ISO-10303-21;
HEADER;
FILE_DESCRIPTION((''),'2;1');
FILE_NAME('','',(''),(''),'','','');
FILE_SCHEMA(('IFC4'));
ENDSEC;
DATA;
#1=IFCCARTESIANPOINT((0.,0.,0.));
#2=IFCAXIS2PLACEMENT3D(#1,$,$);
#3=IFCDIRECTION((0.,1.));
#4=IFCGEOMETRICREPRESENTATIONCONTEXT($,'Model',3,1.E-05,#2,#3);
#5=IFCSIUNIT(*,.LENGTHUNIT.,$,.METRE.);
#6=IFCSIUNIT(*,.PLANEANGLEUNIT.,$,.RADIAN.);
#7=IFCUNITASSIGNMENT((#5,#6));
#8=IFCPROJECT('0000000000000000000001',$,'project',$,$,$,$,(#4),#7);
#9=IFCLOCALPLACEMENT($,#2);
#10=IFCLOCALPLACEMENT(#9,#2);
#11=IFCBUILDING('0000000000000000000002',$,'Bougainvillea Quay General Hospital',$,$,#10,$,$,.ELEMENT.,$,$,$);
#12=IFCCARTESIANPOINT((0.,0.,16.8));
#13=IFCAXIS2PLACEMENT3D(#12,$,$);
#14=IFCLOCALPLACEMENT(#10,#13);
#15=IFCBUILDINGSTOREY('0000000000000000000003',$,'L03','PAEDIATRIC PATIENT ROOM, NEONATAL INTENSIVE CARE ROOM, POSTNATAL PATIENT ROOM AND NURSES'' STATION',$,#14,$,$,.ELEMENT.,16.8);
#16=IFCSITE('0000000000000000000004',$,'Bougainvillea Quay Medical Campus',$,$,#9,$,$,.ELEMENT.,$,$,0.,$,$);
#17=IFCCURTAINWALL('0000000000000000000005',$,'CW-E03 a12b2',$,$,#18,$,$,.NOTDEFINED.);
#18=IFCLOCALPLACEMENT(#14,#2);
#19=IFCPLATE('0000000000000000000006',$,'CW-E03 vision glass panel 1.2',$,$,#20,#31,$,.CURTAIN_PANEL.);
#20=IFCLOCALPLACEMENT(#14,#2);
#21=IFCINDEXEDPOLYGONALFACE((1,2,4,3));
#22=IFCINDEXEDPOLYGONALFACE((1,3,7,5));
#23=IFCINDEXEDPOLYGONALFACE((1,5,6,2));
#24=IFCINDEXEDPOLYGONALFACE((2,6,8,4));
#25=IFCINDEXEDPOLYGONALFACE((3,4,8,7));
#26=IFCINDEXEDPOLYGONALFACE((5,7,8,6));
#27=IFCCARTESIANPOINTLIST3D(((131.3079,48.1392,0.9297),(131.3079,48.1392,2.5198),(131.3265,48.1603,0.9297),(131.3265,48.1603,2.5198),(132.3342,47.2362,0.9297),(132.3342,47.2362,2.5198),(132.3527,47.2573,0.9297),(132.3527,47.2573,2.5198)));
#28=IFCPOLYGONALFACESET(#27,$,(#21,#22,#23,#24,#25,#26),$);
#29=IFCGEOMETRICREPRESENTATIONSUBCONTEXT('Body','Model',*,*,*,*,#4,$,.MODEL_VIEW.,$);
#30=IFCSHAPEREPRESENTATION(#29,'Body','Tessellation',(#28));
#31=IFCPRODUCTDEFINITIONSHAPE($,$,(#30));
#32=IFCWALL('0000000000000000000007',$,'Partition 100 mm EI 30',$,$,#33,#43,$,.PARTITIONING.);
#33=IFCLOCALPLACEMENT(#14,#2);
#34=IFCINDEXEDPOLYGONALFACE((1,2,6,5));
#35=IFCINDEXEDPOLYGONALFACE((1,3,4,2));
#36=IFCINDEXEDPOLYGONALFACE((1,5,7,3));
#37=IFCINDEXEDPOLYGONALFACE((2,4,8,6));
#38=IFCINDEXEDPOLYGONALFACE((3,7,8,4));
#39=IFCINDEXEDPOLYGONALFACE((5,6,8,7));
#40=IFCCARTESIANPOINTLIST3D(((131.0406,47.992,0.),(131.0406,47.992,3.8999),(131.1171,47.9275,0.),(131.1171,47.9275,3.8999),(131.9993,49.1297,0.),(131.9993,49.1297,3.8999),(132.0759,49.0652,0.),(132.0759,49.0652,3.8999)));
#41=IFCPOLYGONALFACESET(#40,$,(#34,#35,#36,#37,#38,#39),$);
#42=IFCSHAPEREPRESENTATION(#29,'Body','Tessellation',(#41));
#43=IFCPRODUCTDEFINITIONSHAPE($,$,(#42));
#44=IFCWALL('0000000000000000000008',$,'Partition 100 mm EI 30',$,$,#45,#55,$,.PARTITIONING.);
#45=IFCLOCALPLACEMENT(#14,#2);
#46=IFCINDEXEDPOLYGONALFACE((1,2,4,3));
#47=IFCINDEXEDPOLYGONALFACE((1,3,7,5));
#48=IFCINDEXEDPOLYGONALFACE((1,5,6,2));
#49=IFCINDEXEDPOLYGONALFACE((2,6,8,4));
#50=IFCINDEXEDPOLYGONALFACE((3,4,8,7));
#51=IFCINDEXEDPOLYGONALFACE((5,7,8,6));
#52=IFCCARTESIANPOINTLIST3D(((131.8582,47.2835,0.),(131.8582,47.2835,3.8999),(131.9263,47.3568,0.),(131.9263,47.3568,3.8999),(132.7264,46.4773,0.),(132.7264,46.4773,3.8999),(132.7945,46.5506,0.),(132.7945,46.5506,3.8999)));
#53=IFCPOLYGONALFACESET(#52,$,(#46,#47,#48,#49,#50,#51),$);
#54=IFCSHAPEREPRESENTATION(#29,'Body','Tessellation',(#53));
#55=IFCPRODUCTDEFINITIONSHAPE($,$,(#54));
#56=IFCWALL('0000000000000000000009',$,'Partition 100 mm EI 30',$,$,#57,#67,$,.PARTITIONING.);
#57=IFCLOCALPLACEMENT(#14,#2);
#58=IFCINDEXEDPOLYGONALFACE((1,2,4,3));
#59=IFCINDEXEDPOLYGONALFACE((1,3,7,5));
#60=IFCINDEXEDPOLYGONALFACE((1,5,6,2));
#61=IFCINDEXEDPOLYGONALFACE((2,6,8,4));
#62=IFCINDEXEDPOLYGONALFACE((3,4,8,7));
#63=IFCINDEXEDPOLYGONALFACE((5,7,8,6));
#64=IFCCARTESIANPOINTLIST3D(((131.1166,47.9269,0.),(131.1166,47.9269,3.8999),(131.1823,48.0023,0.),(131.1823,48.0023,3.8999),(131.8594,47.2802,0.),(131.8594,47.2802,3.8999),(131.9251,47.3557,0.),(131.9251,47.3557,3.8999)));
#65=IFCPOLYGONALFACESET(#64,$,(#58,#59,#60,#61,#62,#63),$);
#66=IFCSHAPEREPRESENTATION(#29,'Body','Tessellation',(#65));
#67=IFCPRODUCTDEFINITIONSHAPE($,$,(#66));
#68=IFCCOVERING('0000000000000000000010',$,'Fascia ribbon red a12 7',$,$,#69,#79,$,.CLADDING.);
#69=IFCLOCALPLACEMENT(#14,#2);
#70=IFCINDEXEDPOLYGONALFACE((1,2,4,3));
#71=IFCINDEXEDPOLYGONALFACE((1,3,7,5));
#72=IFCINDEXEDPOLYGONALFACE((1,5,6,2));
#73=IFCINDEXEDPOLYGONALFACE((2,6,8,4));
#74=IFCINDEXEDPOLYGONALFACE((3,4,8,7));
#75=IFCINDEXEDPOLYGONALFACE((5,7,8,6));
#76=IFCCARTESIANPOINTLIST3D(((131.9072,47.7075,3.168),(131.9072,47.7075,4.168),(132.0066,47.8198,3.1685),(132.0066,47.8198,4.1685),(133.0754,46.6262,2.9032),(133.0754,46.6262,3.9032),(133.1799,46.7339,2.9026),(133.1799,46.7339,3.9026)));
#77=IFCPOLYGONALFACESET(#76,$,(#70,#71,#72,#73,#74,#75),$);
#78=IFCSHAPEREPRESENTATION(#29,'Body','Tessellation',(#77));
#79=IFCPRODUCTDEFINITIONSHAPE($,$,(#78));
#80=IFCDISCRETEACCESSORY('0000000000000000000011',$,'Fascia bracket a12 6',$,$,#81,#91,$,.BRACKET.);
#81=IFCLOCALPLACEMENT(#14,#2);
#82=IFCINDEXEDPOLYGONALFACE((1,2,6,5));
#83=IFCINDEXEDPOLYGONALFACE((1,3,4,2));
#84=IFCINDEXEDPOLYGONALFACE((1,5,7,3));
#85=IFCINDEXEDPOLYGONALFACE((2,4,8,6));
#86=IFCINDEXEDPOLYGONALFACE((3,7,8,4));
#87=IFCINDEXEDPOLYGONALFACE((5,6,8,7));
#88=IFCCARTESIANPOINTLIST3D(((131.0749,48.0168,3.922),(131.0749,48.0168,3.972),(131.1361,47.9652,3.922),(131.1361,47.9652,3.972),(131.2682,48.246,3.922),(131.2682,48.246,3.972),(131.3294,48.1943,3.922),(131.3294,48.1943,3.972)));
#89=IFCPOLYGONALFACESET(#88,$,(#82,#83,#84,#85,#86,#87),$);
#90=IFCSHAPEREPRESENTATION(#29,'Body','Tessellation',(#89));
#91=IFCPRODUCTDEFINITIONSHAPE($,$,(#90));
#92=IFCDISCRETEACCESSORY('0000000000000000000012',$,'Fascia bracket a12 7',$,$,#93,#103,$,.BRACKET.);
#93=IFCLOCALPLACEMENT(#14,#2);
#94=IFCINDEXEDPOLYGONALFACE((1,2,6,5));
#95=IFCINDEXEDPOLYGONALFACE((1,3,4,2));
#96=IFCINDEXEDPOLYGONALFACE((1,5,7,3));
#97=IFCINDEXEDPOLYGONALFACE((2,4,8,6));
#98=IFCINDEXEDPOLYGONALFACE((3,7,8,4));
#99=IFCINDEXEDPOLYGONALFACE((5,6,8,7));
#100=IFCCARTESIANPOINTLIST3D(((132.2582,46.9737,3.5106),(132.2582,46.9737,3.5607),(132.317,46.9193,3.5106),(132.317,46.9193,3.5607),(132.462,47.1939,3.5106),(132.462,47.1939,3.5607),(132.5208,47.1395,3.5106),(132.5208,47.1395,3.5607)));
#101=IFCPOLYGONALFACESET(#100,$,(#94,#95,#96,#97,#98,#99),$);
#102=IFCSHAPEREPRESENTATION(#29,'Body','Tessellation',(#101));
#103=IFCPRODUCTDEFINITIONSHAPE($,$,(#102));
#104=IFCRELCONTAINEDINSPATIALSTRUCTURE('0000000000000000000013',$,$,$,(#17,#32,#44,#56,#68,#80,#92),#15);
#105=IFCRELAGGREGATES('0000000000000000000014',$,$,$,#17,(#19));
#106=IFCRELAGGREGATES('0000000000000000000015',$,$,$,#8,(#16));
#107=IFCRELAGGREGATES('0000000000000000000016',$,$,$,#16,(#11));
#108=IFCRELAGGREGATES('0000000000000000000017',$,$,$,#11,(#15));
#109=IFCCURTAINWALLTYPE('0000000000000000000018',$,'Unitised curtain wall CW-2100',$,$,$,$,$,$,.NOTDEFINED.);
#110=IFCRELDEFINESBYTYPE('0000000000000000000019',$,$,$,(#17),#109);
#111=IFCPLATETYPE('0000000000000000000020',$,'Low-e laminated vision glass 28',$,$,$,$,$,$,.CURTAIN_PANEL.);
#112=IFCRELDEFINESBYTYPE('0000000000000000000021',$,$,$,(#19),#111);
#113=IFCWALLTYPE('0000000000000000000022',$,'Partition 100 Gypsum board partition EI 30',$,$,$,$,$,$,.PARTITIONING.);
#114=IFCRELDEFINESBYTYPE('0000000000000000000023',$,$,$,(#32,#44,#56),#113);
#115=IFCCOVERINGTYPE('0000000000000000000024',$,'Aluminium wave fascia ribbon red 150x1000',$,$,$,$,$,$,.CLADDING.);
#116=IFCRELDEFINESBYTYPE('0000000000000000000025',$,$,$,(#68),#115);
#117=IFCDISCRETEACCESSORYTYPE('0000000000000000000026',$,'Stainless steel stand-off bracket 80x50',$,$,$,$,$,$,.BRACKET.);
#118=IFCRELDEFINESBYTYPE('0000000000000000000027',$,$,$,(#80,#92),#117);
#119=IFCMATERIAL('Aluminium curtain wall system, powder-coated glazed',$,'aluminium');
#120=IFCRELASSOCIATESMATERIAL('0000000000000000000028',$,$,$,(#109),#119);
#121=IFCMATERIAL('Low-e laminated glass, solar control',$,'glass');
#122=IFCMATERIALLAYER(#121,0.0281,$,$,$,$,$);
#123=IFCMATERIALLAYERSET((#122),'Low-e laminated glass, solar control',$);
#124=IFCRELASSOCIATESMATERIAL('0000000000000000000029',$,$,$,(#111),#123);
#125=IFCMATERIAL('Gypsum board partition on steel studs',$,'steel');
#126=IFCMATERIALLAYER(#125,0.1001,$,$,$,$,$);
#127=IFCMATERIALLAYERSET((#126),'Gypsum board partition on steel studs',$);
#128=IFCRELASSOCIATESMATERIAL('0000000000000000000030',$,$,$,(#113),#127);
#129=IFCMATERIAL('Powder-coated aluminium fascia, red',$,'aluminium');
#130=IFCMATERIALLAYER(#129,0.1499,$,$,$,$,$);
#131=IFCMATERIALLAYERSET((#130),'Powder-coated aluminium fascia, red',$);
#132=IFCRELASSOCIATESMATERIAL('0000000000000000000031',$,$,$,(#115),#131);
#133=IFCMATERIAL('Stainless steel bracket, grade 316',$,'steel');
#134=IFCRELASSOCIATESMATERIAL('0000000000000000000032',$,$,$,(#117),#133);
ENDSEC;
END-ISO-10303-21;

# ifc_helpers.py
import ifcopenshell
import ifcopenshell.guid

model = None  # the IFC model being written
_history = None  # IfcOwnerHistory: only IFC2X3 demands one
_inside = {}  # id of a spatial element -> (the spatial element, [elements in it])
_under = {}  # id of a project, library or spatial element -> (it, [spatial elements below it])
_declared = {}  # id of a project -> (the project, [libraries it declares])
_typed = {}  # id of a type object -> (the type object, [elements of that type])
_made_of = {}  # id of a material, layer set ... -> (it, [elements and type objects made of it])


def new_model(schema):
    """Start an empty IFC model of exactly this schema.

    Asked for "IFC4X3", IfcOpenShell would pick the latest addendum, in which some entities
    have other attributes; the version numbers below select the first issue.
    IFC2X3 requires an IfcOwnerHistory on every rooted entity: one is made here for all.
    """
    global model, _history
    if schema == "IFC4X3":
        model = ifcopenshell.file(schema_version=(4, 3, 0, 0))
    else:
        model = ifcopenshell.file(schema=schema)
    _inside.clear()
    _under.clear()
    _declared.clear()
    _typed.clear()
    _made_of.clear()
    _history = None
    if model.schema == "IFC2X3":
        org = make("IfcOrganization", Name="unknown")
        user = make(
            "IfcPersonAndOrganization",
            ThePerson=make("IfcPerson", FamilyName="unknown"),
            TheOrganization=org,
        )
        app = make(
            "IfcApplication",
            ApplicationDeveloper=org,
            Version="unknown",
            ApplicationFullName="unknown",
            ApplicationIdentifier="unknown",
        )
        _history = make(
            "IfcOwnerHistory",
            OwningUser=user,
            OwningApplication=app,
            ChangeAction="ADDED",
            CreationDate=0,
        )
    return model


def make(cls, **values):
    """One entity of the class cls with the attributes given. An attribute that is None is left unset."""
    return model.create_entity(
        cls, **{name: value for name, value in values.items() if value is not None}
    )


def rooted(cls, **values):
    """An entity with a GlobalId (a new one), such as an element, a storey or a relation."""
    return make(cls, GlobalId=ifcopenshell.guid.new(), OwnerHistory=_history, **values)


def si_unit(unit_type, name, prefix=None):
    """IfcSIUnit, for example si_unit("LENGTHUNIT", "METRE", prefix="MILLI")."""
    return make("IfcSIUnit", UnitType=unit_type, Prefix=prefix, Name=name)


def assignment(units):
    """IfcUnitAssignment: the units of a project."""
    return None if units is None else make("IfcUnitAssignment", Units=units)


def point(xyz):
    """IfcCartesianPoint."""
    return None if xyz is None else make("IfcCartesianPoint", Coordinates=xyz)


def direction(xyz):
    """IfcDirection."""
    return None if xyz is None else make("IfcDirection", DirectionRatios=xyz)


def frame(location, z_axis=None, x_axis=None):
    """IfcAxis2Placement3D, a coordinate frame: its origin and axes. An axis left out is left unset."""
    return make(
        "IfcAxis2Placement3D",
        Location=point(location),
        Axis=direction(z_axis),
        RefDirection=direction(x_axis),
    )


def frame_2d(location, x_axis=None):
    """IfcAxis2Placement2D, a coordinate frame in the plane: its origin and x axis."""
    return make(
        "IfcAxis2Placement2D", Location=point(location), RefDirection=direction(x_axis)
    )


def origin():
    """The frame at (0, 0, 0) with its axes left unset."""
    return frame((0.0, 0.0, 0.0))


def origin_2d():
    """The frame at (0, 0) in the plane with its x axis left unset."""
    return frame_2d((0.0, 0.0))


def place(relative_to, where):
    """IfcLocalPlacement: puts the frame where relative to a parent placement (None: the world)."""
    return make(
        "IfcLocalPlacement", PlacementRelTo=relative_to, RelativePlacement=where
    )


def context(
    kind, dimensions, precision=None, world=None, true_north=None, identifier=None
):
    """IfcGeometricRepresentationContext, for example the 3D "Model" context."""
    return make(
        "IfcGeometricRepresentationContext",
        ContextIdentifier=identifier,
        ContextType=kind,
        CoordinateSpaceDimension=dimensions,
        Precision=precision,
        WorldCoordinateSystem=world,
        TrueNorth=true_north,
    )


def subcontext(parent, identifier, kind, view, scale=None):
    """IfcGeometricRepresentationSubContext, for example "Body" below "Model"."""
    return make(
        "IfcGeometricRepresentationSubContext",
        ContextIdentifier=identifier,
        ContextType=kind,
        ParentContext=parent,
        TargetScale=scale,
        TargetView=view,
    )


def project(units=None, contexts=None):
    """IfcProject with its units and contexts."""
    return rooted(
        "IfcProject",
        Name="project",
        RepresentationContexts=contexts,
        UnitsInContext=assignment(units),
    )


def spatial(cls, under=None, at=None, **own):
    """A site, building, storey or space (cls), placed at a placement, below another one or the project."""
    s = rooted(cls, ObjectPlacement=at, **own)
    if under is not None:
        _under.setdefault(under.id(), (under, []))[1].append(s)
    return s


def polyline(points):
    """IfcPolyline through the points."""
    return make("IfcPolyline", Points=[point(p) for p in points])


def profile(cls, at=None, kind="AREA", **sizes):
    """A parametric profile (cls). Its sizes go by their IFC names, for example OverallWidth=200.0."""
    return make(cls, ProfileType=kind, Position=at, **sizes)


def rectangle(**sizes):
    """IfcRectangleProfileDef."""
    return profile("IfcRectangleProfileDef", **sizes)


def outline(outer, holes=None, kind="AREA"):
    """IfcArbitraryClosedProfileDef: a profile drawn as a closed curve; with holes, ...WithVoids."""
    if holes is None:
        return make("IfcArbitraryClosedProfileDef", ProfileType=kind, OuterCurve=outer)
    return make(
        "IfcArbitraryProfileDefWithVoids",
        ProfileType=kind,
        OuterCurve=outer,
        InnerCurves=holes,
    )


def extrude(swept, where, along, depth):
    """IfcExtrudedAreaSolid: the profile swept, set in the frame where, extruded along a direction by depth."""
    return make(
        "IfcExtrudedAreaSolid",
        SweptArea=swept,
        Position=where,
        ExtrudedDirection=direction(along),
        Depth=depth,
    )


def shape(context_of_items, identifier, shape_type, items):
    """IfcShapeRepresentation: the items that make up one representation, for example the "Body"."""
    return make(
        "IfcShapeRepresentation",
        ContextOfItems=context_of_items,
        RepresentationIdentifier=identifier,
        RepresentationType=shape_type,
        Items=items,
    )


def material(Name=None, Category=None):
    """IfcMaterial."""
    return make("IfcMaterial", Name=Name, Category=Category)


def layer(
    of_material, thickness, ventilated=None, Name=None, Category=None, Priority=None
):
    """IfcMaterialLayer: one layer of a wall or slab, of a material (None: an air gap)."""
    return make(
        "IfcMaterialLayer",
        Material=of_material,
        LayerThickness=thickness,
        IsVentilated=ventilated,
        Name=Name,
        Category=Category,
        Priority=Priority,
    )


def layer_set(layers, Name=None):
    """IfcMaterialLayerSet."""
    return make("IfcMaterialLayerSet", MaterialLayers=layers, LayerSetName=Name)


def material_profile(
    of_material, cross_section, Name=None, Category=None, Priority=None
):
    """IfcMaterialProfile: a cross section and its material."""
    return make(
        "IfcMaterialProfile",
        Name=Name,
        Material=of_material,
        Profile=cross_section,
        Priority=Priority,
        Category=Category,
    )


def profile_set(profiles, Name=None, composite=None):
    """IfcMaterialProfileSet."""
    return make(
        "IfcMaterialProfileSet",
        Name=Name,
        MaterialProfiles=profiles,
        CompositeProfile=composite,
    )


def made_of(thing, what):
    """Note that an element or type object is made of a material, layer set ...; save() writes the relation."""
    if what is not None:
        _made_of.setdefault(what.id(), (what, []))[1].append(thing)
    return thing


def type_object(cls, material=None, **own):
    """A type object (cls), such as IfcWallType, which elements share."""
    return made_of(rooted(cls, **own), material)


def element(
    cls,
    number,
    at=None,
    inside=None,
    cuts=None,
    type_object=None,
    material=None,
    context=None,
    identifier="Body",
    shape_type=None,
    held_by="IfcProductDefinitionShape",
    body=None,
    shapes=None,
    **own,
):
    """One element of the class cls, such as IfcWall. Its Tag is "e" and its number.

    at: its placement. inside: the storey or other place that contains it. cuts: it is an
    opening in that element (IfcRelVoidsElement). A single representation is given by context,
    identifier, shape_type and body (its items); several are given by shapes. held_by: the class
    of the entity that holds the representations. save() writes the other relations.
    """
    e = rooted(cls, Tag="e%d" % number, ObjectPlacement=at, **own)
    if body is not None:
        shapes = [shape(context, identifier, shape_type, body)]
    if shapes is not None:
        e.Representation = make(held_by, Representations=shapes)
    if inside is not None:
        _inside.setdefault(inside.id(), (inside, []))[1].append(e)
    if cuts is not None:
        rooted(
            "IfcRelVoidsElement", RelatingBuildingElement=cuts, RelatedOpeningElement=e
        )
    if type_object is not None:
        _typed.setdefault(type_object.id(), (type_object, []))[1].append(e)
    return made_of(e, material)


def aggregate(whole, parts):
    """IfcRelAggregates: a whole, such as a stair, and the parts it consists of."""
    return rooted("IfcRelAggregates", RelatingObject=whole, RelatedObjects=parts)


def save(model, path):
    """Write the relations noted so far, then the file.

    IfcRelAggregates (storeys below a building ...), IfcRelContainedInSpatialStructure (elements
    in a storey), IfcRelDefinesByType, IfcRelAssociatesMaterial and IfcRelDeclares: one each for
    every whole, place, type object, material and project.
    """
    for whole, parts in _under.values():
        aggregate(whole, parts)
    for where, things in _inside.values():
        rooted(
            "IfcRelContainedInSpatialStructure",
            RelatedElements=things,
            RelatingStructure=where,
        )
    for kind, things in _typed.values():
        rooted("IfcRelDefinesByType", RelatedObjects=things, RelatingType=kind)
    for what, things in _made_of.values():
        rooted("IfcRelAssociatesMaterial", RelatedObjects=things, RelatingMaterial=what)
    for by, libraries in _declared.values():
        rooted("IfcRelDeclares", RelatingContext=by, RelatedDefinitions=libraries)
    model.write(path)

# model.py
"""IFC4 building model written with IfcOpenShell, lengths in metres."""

from ifc_helpers import new_model, si_unit, direction, frame, frame_2d, origin, origin_2d, place, context, subcontext, project, spatial, polyline, rectangle, outline, extrude, material, layer, layer_set, material_profile, profile_set, type_object, element, aggregate, save


model = new_model("IFC4")

# Units and contexts
model_context = context("Model", 3, precision=1e-05, world=origin(), true_north=direction((0.0, 1.0)))
body_context = subcontext(model_context, "Body", "Model", "MODEL_VIEW")
ifc_project = project(units=[si_unit("LENGTHUNIT", "METRE"), si_unit("PLANEANGLEUNIT", "RADIAN")], contexts=[model_context])

# Site, building, storey
site_placement = place(None, origin())
site = spatial("IfcSite", under=ifc_project, at=site_placement, Name="Bougainvillea Quay Medical Campus", CompositionType="ELEMENT", RefElevation=0.0)
building_placement = place(site_placement, origin())
building = spatial("IfcBuilding", under=site, at=building_placement, Name="Bougainvillea Quay General Hospital", CompositionType="ELEMENT")
storey_placement = place(building_placement, frame((0.0, 0.0, 16.8)))
storey = spatial("IfcBuildingStorey", under=building, at=storey_placement, Name="L03", Description="PAEDIATRIC PATIENT ROOM, NEONATAL INTENSIVE CARE ROOM, POSTNATAL PATIENT ROOM AND NURSES' STATION", CompositionType="ELEMENT", Elevation=16.8)

# Shared definitions
ifc_material_1 = material(Name="Aluminium curtain wall system, powder-coated glazed", Category="aluminium")
curtain_wall_type = type_object("IfcCurtainWallType", Name="Unitised curtain wall CW-2100", PredefinedType="NOTDEFINED", material=ifc_material_1)

# Curtain wall, plate
curtain_wall_1_placement = place(storey_placement, origin())
curtain_wall_1 = element("IfcCurtainWall", 1, at=curtain_wall_1_placement, inside=storey, type_object=curtain_wall_type, Name="CW-E03 a12b2", PredefinedType="NOTDEFINED")
ifc_material_2 = material(Name="Low-e laminated glass, solar control", Category="glass")
ifc_layer_1 = layer(ifc_material_2, 0.0281)
ifc_layer_set_1 = layer_set([ifc_layer_1], Name="Low-e laminated glass, solar control")
plate_type_1 = type_object("IfcPlateType", Name="Low-e laminated vision glass 28", PredefinedType="CURTAIN_PANEL", material=ifc_layer_set_1)
plate_1_placement = place(storey_placement, frame((131.8303, 47.6982, 0.9297), z_axis=(0.0, 0.0, 1.0), x_axis=(0.750772, -0.660561, 0.0)))
plate_1 = element("IfcPlate", 2, at=plate_1_placement, type_object=plate_type_1, Name="CW-E03 vision glass panel 1.2", PredefinedType="CURTAIN_PANEL", context=body_context, shape_type="SweptSolid", body=[
    extrude(rectangle(XDim=1.3669, YDim=0.0281, at=origin_2d()), origin(), (0.0, 0.0, 1.0), 1.5901),
])
aggregate(curtain_wall_1, [plate_1])

# Walls
ifc_material_3 = material(Name="Gypsum board partition on steel studs", Category="steel")
ifc_layer_2 = layer(ifc_material_3, 0.1001)
ifc_layer_set_2 = layer_set([ifc_layer_2], Name="Gypsum board partition on steel studs")
wall_type = type_object("IfcWallType", Name="Partition 100 Gypsum board partition EI 30", PredefinedType="PARTITIONING", material=ifc_layer_set_2)
wall_1_placement = place(storey_placement, frame((131.0789, 47.9597, 0.0), z_axis=(0.0, 0.0, 1.0), x_axis=(0.644404, 0.764686, 0.0)))
element("IfcWall", 3, at=wall_1_placement, inside=storey, type_object=wall_type, Name="Partition 100 mm EI 30", PredefinedType="PARTITIONING", context=body_context, shape_type="SweptSolid", body=[
    extrude(rectangle(XDim=1.4878, YDim=0.1001, at=frame_2d((0.7439, 0.0))), origin(), (0.0, 0.0, 1.0), 3.8999),
])
wall_2_placement = place(storey_placement, frame((131.8923, 47.3201, 0.0), z_axis=(0.0, 0.0, 1.0), x_axis=(0.732793, -0.680451, 0.0)))
element("IfcWall", 4, at=wall_2_placement, inside=storey, type_object=wall_type, Name="Partition 100 mm EI 30", PredefinedType="PARTITIONING", context=body_context, shape_type="SweptSolid", body=[
    extrude(rectangle(XDim=1.1848, YDim=0.1001, at=frame_2d((0.5923, 0.0))), origin(), (0.0, 0.0, 1.0), 3.8999),
])
wall_3_placement = place(storey_placement, frame((131.1494, 47.9646, 0.0), z_axis=(0.0, 0.0, 1.0), x_axis=(0.754248, -0.65659, 0.0)))
element("IfcWall", 5, at=wall_3_placement, inside=storey, type_object=wall_type, Name="Partition 100 mm EI 30", PredefinedType="PARTITIONING", context=body_context, shape_type="SweptSolid", body=[
    extrude(rectangle(XDim=0.9849, YDim=0.1001, at=frame_2d((0.4924, 0.0))), origin(), (0.0, 0.0, 1.0), 3.8999),
])

# Covering
ifc_material_4 = material(Name="Powder-coated aluminium fascia, red", Category="aluminium")
ifc_layer_3 = layer(ifc_material_4, 0.1499)
ifc_layer_set_3 = layer_set([ifc_layer_3], Name="Powder-coated aluminium fascia, red")
covering_type = type_object("IfcCoveringType", Name="Aluminium wave fascia ribbon red 150x1000", PredefinedType="CLADDING", material=ifc_layer_set_3)
covering_placement = place(storey_placement, frame((131.9072, 47.7075, 3.168), z_axis=(0.120359, -0.111543, 0.986444), x_axis=(0.723931, -0.670071, -0.164098)))
element("IfcCovering", 6, at=covering_placement, inside=storey, type_object=covering_type, Name="Fascia ribbon red a12 7", PredefinedType="CLADDING", context=body_context, shape_type="SweptSolid", body=[
    extrude(outline(polyline([(0.0, 0.0), (1.6137, 0.0), (1.6173, 0.15), (-0.0034, 0.1499), (0.0, 0.0)])), origin(), (-0.164098, 0.0001, 0.986444), 1.0),
])

# Discrete accessories
ifc_material_5 = material(Name="Stainless steel bracket, grade 316", Category="steel")
ifc_material_profile_1 = material_profile(ifc_material_5, rectangle(XDim=0.0801, YDim=0.05, at=origin_2d()))
ifc_profile_set_1 = profile_set([ifc_material_profile_1], Name="Stainless steel bracket, grade 316")
discrete_accessory_type = type_object("IfcDiscreteAccessoryType", Name="Stainless steel stand-off bracket 80x50", PredefinedType="BRACKET", material=ifc_profile_set_1)
discrete_accessory_1_placement = place(storey_placement, frame((131.1055, 47.991, 3.947), z_axis=(0.644737, 0.764404, 0.0), x_axis=(-0.764404, 0.644737, 0.0)))
element("IfcDiscreteAccessory", 7, at=discrete_accessory_1_placement, inside=storey, type_object=discrete_accessory_type, Name="Fascia bracket a12 6", PredefinedType="BRACKET", context=body_context, shape_type="SweptSolid", body=[
    extrude(rectangle(XDim=0.0801, YDim=0.05, at=origin_2d()), origin(), (0.0, 0.0, 1.0), 0.2998),
])
discrete_accessory_2_placement = place(storey_placement, frame((132.2876, 46.9465, 3.5356), z_axis=(0.679327, 0.733836, 0.0), x_axis=(-0.733836, 0.679327, 0.0)))
element("IfcDiscreteAccessory", 8, at=discrete_accessory_2_placement, inside=storey, type_object=discrete_accessory_type, Name="Fascia bracket a12 7", PredefinedType="BRACKET", context=body_context, shape_type="SweptSolid", body=[
    extrude(rectangle(XDim=0.0801, YDim=0.05, at=origin_2d()), origin(), (0.0, 0.0, 1.0), 0.3),
])

save(model, "model.ifc")
